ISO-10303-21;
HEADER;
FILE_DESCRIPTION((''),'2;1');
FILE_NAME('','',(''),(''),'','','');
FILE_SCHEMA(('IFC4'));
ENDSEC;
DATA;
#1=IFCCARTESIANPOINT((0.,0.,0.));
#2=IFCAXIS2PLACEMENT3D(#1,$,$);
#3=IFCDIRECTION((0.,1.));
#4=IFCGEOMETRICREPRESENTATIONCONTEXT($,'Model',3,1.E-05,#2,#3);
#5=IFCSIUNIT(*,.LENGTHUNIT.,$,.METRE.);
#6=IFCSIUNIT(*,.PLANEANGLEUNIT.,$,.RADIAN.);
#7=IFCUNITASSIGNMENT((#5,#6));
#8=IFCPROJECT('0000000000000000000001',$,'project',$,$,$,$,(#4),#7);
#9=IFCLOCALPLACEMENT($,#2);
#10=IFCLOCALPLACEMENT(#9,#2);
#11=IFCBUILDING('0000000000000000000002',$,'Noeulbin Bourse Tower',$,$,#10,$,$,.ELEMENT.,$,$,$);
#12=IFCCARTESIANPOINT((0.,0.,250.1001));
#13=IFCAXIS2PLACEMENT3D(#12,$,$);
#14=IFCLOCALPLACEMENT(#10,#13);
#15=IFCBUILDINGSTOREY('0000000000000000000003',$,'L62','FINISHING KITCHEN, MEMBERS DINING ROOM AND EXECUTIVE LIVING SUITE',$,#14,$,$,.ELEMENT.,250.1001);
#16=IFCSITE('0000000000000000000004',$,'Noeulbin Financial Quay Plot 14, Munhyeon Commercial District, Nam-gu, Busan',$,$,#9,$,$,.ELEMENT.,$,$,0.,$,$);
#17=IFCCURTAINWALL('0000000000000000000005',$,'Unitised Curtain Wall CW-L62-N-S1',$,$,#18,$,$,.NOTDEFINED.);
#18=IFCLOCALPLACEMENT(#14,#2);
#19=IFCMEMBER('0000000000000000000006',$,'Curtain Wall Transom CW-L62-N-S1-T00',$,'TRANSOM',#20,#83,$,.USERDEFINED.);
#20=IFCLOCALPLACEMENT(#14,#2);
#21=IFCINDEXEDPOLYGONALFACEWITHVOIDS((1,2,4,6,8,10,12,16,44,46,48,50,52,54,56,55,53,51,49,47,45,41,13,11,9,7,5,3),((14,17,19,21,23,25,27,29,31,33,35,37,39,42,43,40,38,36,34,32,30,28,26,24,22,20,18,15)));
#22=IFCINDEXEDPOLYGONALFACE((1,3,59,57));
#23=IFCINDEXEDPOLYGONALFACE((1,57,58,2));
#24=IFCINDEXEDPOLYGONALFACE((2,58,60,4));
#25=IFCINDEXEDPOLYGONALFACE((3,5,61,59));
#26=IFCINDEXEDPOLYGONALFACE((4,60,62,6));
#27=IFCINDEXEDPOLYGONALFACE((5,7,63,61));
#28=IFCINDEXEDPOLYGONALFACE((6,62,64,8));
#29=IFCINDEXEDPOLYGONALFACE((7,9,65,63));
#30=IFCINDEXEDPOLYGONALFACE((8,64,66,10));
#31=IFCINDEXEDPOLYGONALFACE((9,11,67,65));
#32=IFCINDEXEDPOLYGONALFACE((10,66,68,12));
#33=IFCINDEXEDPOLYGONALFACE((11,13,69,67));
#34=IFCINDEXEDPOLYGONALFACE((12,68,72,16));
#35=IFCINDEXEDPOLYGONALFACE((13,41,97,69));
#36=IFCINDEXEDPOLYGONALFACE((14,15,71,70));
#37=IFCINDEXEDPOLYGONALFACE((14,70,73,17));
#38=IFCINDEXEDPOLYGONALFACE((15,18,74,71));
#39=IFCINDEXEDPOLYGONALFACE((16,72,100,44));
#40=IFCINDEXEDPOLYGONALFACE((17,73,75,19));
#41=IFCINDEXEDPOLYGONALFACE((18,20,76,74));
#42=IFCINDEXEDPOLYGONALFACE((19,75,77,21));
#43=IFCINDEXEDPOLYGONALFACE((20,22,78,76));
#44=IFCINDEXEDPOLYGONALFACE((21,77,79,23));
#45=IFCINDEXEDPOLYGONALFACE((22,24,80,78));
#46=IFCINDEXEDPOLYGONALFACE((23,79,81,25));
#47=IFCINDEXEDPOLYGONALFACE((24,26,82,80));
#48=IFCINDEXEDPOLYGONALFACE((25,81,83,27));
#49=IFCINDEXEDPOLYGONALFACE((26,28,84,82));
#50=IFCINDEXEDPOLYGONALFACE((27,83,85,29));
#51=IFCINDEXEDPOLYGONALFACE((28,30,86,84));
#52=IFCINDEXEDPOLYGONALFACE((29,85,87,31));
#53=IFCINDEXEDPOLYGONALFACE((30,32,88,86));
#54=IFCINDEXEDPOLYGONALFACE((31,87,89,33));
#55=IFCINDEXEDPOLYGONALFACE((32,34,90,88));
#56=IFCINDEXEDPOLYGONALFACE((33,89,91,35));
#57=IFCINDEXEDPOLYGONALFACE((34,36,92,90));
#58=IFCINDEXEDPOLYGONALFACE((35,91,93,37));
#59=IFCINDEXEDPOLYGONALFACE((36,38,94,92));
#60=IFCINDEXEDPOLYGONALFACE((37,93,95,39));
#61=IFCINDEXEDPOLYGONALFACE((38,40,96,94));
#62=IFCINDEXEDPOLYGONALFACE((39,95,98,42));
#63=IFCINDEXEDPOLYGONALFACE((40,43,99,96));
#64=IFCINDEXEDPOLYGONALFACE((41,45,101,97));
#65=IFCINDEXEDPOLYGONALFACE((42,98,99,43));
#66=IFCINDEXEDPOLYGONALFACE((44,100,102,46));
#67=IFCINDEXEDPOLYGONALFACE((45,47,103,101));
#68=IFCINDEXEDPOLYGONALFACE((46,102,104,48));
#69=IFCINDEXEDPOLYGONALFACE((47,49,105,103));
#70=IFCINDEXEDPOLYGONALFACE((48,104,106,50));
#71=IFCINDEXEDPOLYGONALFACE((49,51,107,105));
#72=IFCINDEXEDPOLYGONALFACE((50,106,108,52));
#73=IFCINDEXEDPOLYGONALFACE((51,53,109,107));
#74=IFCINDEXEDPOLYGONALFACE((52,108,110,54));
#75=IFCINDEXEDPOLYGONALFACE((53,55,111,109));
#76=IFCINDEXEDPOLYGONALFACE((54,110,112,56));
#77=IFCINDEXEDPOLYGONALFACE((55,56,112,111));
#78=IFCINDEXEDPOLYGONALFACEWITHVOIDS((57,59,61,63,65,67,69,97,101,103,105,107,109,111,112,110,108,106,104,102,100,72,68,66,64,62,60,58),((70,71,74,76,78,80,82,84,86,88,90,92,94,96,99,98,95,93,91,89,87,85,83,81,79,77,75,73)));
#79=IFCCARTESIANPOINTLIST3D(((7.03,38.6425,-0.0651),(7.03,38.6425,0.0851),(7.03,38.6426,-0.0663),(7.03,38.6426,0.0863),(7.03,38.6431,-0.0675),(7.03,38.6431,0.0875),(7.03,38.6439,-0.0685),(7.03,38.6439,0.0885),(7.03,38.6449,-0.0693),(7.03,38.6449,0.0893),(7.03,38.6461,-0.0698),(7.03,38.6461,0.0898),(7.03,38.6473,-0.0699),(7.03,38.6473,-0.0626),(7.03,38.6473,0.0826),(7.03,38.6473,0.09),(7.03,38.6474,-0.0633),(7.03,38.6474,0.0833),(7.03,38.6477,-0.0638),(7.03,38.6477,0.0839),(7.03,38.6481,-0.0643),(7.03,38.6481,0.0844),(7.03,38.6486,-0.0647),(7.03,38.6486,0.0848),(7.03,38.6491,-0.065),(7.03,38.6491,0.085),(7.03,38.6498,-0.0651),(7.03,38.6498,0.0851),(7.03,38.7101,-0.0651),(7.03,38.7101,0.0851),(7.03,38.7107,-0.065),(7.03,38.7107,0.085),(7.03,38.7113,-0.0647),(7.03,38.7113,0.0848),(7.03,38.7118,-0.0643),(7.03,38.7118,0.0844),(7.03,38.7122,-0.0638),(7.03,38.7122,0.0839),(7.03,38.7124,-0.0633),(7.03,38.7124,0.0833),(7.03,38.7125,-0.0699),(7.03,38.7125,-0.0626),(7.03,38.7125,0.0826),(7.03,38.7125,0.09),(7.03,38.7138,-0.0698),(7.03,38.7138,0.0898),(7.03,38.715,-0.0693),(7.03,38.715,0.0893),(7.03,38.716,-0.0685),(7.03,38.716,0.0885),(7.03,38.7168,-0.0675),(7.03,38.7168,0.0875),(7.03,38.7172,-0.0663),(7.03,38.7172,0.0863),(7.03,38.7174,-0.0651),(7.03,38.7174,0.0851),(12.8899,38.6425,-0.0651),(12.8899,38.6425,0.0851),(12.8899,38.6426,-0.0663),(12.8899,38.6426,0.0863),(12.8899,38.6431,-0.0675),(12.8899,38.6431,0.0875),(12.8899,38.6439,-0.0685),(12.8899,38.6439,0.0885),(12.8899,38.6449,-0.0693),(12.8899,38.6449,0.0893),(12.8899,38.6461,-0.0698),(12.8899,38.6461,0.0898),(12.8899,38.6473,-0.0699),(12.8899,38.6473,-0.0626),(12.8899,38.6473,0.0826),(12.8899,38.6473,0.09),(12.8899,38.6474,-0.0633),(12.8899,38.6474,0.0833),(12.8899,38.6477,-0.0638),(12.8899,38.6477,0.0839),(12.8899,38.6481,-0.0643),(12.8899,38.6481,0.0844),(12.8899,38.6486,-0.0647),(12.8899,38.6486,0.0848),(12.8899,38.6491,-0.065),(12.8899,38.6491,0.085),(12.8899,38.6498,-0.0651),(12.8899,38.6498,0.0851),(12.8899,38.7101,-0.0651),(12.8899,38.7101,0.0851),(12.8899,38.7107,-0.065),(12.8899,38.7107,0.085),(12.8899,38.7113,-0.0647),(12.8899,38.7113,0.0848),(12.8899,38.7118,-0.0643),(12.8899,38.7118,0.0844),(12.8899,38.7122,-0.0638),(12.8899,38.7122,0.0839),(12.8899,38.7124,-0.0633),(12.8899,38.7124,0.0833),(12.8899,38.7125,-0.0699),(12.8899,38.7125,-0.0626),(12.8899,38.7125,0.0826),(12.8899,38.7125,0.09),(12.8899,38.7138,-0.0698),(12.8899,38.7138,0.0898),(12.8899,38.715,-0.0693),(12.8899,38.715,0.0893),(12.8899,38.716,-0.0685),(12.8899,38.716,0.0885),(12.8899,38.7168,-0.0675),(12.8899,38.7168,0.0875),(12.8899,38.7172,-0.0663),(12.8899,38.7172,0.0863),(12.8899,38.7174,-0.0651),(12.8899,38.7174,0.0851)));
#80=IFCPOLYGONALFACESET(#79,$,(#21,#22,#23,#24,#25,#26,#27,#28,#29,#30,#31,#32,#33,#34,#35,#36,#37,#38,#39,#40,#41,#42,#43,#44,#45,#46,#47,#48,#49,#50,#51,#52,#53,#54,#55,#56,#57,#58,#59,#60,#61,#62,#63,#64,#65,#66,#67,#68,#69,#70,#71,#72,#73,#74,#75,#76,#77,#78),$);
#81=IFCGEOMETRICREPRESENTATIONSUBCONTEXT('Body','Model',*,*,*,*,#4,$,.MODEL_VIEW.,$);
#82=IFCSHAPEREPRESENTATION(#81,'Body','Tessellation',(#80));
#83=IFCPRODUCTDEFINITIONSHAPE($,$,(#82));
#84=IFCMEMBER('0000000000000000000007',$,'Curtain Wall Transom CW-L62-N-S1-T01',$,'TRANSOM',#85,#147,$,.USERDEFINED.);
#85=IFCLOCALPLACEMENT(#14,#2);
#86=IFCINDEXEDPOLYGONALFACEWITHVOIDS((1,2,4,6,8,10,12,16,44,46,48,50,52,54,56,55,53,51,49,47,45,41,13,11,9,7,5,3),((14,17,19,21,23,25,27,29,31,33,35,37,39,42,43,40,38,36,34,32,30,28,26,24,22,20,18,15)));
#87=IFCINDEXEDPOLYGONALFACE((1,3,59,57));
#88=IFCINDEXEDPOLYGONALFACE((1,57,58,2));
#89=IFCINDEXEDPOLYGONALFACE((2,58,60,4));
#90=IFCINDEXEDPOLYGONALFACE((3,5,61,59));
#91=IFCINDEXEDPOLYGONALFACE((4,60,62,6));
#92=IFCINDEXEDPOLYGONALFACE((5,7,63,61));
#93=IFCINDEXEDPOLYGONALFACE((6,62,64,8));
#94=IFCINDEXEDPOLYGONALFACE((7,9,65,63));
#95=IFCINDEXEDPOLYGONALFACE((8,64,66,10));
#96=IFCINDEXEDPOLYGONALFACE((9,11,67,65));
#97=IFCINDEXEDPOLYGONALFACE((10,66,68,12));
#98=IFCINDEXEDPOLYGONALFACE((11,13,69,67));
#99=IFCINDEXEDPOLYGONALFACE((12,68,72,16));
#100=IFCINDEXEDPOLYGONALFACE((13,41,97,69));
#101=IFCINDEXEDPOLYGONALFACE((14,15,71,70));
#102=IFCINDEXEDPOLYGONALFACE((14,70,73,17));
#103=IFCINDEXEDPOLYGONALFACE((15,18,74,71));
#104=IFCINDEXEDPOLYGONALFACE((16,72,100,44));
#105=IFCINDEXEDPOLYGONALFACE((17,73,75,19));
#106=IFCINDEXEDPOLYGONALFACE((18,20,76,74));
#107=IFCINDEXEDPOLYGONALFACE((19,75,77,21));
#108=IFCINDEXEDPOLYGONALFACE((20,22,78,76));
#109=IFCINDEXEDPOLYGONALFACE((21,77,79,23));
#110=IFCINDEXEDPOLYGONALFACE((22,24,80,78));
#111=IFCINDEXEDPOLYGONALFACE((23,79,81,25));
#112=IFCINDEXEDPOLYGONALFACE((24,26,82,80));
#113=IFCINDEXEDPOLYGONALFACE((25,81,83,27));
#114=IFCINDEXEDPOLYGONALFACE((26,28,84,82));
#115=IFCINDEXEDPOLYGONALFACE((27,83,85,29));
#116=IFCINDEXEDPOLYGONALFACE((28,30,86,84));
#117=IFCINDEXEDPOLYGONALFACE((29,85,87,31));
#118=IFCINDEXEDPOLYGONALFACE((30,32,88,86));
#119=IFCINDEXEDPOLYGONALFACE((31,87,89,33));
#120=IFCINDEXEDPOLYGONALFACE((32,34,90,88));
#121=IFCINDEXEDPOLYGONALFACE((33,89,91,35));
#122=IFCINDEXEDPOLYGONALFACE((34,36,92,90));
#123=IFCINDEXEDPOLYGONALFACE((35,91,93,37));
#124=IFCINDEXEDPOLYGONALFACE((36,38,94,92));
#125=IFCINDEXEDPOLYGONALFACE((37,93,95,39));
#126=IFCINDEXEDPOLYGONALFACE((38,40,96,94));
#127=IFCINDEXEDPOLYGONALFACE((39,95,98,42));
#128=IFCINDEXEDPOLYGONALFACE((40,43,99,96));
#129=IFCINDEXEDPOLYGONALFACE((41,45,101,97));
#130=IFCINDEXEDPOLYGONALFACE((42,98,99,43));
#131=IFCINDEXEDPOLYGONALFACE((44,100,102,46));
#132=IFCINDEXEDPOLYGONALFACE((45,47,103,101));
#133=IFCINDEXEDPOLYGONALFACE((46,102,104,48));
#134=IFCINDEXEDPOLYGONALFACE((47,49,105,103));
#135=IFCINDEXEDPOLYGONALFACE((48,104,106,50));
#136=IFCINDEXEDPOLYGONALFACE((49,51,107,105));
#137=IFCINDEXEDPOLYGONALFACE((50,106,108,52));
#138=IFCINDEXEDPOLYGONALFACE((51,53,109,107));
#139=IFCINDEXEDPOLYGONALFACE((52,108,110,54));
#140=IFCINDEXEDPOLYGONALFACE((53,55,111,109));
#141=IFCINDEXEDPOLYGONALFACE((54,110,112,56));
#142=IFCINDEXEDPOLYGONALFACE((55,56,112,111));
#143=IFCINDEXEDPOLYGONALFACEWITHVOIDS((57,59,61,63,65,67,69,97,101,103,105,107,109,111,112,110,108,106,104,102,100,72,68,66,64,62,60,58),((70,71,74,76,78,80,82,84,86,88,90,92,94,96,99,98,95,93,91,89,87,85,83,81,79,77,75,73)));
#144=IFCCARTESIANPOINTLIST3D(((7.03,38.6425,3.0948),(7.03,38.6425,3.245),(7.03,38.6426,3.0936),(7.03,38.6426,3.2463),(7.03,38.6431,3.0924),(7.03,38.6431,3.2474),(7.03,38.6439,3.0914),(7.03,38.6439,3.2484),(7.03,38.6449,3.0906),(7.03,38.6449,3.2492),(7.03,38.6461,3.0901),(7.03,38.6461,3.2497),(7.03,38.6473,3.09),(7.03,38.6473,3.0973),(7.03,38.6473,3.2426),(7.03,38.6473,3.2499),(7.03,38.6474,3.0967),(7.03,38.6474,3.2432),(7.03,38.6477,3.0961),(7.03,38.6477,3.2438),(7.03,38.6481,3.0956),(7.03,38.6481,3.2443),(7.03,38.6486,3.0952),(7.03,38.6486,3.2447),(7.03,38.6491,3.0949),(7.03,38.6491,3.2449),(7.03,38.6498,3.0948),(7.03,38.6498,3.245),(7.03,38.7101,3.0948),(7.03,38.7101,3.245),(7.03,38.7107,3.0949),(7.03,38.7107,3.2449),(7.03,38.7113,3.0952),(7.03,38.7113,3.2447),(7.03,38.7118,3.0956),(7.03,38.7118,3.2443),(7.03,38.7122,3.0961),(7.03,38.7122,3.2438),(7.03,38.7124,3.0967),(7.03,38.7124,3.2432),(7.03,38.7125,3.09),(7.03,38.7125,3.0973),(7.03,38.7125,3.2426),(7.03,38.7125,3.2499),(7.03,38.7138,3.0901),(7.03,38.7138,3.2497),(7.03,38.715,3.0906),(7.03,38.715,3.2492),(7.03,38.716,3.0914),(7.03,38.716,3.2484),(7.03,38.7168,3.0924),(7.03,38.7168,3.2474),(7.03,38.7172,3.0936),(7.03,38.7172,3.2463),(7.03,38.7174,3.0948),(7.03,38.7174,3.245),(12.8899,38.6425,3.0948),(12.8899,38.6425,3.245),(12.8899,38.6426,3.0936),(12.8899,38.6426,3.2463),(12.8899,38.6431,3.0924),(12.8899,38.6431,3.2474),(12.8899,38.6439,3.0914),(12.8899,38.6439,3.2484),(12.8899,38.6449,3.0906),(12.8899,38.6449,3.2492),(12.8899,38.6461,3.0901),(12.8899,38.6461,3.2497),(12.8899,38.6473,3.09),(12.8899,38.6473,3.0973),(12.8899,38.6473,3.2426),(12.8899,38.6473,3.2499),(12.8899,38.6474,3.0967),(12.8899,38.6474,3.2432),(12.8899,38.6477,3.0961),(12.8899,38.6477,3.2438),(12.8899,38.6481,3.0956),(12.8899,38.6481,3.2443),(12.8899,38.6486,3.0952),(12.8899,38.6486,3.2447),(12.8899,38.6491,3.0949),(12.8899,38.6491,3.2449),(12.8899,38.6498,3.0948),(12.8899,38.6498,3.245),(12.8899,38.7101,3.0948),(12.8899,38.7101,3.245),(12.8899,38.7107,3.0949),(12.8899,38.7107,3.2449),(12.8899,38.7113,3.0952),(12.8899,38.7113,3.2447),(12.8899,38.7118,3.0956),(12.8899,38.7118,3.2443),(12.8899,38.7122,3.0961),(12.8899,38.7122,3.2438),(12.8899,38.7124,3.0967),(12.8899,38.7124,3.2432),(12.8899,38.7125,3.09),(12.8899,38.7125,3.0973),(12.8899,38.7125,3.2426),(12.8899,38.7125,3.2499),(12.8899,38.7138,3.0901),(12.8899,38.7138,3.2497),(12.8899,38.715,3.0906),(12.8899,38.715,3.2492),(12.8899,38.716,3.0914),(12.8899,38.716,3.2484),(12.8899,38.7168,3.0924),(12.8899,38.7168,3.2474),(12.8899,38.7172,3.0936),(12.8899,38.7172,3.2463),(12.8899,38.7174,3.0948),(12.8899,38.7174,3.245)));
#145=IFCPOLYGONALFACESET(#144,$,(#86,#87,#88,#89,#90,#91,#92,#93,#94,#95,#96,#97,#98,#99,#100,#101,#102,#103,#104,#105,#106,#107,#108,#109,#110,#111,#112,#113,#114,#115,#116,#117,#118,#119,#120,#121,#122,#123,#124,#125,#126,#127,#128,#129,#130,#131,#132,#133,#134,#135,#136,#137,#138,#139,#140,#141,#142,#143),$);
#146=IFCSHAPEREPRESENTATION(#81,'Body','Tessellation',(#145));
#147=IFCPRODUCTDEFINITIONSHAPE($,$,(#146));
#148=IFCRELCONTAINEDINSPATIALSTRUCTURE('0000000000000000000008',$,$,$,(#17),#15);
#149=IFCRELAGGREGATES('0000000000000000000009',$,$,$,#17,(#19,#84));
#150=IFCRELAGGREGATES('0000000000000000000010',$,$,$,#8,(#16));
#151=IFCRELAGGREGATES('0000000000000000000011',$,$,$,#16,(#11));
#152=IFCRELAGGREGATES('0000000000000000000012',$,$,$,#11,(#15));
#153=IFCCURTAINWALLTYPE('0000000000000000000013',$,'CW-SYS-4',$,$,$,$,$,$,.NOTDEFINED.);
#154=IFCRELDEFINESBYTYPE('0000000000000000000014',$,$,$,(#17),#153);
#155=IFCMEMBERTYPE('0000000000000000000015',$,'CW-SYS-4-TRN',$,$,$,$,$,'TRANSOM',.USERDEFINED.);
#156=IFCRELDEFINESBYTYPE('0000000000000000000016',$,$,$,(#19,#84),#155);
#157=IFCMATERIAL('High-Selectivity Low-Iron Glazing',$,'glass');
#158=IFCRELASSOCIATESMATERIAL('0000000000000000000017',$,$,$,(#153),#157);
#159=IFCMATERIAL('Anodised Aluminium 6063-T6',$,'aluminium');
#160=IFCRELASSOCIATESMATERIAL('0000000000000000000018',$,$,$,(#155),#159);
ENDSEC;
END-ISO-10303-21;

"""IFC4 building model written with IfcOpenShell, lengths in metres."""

from ifc_helpers import new_model, si_unit, direction, frame, origin, origin_2d, place, context, subcontext, project, spatial, hollow_rectangle, extrude, material, material_profile, profile_set, type_object, element, aggregate, save


model = new_model("IFC4")

# Units and contexts
model_context = context("Model", 3, precision=1e-05, world=origin(), true_north=direction((0.0, 1.0)))
body_context = subcontext(model_context, "Body", "Model", "MODEL_VIEW")
ifc_project = project(units=[si_unit("LENGTHUNIT", "METRE"), si_unit("PLANEANGLEUNIT", "RADIAN")], contexts=[model_context])

# Site, building, storey
site_placement = place(None, origin())
site = spatial("IfcSite", under=ifc_project, at=site_placement, Name="Noeulbin Financial Quay Plot 14, Munhyeon Commercial District, Nam-gu, Busan", CompositionType="ELEMENT", RefElevation=0.0)
building_placement = place(site_placement, origin())
building = spatial("IfcBuilding", under=site, at=building_placement, Name="Noeulbin Bourse Tower", CompositionType="ELEMENT")
storey_placement = place(building_placement, frame((0.0, 0.0, 250.1001)))
storey = spatial("IfcBuildingStorey", under=building, at=storey_placement, Name="L62", Description="FINISHING KITCHEN, MEMBERS DINING ROOM AND EXECUTIVE LIVING SUITE", CompositionType="ELEMENT", Elevation=250.1001)

# Curtain wall
ifc_material_1 = material(Name="High-Selectivity Low-Iron Glazing", Category="glass")
curtain_wall_type = type_object("IfcCurtainWallType", Name="CW-SYS-4", PredefinedType="NOTDEFINED", material=ifc_material_1)
curtain_wall_1_placement = place(storey_placement, origin())
curtain_wall_1 = element("IfcCurtainWall", 1, at=curtain_wall_1_placement, inside=storey, type_object=curtain_wall_type, Name="Unitised Curtain Wall CW-L62-N-S1", PredefinedType="NOTDEFINED")
ifc_material_2 = material(Name="Anodised Aluminium 6063-T6", Category="aluminium")

# Members
ifc_material_profile_1 = material_profile(ifc_material_2, hollow_rectangle(XDim=0.075, YDim=0.1599, WallThickness=0.0049, InnerFilletRadius=0.0024, OuterFilletRadius=0.0049, at=origin_2d()), Name="ALU-TRAN-75x160x5", Category="LoadBearing")
ifc_profile_set_1 = profile_set([ifc_material_profile_1], Name="Anodised Aluminium 6063-T6")
member_type_1 = type_object("IfcMemberType", Name="CW-SYS-4-TRN", ElementType="TRANSOM", PredefinedType="USERDEFINED", material=ifc_profile_set_1)
member_1_placement = place(storey_placement, frame((7.03, 38.6799, 0.01), z_axis=(1.0, 0.0, 0.0), x_axis=(0.0, 1.0, 0.0)))
member_1 = element("IfcMember", 2, at=member_1_placement, type_object=member_type_1, Name="Curtain Wall Transom CW-L62-N-S1-T00", ObjectType="TRANSOM", PredefinedType="USERDEFINED", context=body_context, shape_type="SweptSolid", body=[
    extrude(hollow_rectangle(XDim=0.075, YDim=0.1599, WallThickness=0.0049, InnerFilletRadius=0.0024, OuterFilletRadius=0.0049, at=origin_2d()), origin(), (0.0, 0.0, 1.0), 5.8599),
])
member_2_placement = place(storey_placement, frame((7.03, 38.6799, 3.1699), z_axis=(1.0, 0.0, 0.0), x_axis=(0.0, 1.0, 0.0)))
member_2 = element("IfcMember", 3, at=member_2_placement, type_object=member_type_1, Name="Curtain Wall Transom CW-L62-N-S1-T01", ObjectType="TRANSOM", PredefinedType="USERDEFINED", context=body_context, shape_type="SweptSolid", body=[
    extrude(hollow_rectangle(XDim=0.075, YDim=0.1599, WallThickness=0.0049, InnerFilletRadius=0.0024, OuterFilletRadius=0.0049, at=origin_2d()), origin(), (0.0, 0.0, 1.0), 5.8599),
])

aggregate(curtain_wall_1, [member_1, member_2])

save(model, "model.ifc")
